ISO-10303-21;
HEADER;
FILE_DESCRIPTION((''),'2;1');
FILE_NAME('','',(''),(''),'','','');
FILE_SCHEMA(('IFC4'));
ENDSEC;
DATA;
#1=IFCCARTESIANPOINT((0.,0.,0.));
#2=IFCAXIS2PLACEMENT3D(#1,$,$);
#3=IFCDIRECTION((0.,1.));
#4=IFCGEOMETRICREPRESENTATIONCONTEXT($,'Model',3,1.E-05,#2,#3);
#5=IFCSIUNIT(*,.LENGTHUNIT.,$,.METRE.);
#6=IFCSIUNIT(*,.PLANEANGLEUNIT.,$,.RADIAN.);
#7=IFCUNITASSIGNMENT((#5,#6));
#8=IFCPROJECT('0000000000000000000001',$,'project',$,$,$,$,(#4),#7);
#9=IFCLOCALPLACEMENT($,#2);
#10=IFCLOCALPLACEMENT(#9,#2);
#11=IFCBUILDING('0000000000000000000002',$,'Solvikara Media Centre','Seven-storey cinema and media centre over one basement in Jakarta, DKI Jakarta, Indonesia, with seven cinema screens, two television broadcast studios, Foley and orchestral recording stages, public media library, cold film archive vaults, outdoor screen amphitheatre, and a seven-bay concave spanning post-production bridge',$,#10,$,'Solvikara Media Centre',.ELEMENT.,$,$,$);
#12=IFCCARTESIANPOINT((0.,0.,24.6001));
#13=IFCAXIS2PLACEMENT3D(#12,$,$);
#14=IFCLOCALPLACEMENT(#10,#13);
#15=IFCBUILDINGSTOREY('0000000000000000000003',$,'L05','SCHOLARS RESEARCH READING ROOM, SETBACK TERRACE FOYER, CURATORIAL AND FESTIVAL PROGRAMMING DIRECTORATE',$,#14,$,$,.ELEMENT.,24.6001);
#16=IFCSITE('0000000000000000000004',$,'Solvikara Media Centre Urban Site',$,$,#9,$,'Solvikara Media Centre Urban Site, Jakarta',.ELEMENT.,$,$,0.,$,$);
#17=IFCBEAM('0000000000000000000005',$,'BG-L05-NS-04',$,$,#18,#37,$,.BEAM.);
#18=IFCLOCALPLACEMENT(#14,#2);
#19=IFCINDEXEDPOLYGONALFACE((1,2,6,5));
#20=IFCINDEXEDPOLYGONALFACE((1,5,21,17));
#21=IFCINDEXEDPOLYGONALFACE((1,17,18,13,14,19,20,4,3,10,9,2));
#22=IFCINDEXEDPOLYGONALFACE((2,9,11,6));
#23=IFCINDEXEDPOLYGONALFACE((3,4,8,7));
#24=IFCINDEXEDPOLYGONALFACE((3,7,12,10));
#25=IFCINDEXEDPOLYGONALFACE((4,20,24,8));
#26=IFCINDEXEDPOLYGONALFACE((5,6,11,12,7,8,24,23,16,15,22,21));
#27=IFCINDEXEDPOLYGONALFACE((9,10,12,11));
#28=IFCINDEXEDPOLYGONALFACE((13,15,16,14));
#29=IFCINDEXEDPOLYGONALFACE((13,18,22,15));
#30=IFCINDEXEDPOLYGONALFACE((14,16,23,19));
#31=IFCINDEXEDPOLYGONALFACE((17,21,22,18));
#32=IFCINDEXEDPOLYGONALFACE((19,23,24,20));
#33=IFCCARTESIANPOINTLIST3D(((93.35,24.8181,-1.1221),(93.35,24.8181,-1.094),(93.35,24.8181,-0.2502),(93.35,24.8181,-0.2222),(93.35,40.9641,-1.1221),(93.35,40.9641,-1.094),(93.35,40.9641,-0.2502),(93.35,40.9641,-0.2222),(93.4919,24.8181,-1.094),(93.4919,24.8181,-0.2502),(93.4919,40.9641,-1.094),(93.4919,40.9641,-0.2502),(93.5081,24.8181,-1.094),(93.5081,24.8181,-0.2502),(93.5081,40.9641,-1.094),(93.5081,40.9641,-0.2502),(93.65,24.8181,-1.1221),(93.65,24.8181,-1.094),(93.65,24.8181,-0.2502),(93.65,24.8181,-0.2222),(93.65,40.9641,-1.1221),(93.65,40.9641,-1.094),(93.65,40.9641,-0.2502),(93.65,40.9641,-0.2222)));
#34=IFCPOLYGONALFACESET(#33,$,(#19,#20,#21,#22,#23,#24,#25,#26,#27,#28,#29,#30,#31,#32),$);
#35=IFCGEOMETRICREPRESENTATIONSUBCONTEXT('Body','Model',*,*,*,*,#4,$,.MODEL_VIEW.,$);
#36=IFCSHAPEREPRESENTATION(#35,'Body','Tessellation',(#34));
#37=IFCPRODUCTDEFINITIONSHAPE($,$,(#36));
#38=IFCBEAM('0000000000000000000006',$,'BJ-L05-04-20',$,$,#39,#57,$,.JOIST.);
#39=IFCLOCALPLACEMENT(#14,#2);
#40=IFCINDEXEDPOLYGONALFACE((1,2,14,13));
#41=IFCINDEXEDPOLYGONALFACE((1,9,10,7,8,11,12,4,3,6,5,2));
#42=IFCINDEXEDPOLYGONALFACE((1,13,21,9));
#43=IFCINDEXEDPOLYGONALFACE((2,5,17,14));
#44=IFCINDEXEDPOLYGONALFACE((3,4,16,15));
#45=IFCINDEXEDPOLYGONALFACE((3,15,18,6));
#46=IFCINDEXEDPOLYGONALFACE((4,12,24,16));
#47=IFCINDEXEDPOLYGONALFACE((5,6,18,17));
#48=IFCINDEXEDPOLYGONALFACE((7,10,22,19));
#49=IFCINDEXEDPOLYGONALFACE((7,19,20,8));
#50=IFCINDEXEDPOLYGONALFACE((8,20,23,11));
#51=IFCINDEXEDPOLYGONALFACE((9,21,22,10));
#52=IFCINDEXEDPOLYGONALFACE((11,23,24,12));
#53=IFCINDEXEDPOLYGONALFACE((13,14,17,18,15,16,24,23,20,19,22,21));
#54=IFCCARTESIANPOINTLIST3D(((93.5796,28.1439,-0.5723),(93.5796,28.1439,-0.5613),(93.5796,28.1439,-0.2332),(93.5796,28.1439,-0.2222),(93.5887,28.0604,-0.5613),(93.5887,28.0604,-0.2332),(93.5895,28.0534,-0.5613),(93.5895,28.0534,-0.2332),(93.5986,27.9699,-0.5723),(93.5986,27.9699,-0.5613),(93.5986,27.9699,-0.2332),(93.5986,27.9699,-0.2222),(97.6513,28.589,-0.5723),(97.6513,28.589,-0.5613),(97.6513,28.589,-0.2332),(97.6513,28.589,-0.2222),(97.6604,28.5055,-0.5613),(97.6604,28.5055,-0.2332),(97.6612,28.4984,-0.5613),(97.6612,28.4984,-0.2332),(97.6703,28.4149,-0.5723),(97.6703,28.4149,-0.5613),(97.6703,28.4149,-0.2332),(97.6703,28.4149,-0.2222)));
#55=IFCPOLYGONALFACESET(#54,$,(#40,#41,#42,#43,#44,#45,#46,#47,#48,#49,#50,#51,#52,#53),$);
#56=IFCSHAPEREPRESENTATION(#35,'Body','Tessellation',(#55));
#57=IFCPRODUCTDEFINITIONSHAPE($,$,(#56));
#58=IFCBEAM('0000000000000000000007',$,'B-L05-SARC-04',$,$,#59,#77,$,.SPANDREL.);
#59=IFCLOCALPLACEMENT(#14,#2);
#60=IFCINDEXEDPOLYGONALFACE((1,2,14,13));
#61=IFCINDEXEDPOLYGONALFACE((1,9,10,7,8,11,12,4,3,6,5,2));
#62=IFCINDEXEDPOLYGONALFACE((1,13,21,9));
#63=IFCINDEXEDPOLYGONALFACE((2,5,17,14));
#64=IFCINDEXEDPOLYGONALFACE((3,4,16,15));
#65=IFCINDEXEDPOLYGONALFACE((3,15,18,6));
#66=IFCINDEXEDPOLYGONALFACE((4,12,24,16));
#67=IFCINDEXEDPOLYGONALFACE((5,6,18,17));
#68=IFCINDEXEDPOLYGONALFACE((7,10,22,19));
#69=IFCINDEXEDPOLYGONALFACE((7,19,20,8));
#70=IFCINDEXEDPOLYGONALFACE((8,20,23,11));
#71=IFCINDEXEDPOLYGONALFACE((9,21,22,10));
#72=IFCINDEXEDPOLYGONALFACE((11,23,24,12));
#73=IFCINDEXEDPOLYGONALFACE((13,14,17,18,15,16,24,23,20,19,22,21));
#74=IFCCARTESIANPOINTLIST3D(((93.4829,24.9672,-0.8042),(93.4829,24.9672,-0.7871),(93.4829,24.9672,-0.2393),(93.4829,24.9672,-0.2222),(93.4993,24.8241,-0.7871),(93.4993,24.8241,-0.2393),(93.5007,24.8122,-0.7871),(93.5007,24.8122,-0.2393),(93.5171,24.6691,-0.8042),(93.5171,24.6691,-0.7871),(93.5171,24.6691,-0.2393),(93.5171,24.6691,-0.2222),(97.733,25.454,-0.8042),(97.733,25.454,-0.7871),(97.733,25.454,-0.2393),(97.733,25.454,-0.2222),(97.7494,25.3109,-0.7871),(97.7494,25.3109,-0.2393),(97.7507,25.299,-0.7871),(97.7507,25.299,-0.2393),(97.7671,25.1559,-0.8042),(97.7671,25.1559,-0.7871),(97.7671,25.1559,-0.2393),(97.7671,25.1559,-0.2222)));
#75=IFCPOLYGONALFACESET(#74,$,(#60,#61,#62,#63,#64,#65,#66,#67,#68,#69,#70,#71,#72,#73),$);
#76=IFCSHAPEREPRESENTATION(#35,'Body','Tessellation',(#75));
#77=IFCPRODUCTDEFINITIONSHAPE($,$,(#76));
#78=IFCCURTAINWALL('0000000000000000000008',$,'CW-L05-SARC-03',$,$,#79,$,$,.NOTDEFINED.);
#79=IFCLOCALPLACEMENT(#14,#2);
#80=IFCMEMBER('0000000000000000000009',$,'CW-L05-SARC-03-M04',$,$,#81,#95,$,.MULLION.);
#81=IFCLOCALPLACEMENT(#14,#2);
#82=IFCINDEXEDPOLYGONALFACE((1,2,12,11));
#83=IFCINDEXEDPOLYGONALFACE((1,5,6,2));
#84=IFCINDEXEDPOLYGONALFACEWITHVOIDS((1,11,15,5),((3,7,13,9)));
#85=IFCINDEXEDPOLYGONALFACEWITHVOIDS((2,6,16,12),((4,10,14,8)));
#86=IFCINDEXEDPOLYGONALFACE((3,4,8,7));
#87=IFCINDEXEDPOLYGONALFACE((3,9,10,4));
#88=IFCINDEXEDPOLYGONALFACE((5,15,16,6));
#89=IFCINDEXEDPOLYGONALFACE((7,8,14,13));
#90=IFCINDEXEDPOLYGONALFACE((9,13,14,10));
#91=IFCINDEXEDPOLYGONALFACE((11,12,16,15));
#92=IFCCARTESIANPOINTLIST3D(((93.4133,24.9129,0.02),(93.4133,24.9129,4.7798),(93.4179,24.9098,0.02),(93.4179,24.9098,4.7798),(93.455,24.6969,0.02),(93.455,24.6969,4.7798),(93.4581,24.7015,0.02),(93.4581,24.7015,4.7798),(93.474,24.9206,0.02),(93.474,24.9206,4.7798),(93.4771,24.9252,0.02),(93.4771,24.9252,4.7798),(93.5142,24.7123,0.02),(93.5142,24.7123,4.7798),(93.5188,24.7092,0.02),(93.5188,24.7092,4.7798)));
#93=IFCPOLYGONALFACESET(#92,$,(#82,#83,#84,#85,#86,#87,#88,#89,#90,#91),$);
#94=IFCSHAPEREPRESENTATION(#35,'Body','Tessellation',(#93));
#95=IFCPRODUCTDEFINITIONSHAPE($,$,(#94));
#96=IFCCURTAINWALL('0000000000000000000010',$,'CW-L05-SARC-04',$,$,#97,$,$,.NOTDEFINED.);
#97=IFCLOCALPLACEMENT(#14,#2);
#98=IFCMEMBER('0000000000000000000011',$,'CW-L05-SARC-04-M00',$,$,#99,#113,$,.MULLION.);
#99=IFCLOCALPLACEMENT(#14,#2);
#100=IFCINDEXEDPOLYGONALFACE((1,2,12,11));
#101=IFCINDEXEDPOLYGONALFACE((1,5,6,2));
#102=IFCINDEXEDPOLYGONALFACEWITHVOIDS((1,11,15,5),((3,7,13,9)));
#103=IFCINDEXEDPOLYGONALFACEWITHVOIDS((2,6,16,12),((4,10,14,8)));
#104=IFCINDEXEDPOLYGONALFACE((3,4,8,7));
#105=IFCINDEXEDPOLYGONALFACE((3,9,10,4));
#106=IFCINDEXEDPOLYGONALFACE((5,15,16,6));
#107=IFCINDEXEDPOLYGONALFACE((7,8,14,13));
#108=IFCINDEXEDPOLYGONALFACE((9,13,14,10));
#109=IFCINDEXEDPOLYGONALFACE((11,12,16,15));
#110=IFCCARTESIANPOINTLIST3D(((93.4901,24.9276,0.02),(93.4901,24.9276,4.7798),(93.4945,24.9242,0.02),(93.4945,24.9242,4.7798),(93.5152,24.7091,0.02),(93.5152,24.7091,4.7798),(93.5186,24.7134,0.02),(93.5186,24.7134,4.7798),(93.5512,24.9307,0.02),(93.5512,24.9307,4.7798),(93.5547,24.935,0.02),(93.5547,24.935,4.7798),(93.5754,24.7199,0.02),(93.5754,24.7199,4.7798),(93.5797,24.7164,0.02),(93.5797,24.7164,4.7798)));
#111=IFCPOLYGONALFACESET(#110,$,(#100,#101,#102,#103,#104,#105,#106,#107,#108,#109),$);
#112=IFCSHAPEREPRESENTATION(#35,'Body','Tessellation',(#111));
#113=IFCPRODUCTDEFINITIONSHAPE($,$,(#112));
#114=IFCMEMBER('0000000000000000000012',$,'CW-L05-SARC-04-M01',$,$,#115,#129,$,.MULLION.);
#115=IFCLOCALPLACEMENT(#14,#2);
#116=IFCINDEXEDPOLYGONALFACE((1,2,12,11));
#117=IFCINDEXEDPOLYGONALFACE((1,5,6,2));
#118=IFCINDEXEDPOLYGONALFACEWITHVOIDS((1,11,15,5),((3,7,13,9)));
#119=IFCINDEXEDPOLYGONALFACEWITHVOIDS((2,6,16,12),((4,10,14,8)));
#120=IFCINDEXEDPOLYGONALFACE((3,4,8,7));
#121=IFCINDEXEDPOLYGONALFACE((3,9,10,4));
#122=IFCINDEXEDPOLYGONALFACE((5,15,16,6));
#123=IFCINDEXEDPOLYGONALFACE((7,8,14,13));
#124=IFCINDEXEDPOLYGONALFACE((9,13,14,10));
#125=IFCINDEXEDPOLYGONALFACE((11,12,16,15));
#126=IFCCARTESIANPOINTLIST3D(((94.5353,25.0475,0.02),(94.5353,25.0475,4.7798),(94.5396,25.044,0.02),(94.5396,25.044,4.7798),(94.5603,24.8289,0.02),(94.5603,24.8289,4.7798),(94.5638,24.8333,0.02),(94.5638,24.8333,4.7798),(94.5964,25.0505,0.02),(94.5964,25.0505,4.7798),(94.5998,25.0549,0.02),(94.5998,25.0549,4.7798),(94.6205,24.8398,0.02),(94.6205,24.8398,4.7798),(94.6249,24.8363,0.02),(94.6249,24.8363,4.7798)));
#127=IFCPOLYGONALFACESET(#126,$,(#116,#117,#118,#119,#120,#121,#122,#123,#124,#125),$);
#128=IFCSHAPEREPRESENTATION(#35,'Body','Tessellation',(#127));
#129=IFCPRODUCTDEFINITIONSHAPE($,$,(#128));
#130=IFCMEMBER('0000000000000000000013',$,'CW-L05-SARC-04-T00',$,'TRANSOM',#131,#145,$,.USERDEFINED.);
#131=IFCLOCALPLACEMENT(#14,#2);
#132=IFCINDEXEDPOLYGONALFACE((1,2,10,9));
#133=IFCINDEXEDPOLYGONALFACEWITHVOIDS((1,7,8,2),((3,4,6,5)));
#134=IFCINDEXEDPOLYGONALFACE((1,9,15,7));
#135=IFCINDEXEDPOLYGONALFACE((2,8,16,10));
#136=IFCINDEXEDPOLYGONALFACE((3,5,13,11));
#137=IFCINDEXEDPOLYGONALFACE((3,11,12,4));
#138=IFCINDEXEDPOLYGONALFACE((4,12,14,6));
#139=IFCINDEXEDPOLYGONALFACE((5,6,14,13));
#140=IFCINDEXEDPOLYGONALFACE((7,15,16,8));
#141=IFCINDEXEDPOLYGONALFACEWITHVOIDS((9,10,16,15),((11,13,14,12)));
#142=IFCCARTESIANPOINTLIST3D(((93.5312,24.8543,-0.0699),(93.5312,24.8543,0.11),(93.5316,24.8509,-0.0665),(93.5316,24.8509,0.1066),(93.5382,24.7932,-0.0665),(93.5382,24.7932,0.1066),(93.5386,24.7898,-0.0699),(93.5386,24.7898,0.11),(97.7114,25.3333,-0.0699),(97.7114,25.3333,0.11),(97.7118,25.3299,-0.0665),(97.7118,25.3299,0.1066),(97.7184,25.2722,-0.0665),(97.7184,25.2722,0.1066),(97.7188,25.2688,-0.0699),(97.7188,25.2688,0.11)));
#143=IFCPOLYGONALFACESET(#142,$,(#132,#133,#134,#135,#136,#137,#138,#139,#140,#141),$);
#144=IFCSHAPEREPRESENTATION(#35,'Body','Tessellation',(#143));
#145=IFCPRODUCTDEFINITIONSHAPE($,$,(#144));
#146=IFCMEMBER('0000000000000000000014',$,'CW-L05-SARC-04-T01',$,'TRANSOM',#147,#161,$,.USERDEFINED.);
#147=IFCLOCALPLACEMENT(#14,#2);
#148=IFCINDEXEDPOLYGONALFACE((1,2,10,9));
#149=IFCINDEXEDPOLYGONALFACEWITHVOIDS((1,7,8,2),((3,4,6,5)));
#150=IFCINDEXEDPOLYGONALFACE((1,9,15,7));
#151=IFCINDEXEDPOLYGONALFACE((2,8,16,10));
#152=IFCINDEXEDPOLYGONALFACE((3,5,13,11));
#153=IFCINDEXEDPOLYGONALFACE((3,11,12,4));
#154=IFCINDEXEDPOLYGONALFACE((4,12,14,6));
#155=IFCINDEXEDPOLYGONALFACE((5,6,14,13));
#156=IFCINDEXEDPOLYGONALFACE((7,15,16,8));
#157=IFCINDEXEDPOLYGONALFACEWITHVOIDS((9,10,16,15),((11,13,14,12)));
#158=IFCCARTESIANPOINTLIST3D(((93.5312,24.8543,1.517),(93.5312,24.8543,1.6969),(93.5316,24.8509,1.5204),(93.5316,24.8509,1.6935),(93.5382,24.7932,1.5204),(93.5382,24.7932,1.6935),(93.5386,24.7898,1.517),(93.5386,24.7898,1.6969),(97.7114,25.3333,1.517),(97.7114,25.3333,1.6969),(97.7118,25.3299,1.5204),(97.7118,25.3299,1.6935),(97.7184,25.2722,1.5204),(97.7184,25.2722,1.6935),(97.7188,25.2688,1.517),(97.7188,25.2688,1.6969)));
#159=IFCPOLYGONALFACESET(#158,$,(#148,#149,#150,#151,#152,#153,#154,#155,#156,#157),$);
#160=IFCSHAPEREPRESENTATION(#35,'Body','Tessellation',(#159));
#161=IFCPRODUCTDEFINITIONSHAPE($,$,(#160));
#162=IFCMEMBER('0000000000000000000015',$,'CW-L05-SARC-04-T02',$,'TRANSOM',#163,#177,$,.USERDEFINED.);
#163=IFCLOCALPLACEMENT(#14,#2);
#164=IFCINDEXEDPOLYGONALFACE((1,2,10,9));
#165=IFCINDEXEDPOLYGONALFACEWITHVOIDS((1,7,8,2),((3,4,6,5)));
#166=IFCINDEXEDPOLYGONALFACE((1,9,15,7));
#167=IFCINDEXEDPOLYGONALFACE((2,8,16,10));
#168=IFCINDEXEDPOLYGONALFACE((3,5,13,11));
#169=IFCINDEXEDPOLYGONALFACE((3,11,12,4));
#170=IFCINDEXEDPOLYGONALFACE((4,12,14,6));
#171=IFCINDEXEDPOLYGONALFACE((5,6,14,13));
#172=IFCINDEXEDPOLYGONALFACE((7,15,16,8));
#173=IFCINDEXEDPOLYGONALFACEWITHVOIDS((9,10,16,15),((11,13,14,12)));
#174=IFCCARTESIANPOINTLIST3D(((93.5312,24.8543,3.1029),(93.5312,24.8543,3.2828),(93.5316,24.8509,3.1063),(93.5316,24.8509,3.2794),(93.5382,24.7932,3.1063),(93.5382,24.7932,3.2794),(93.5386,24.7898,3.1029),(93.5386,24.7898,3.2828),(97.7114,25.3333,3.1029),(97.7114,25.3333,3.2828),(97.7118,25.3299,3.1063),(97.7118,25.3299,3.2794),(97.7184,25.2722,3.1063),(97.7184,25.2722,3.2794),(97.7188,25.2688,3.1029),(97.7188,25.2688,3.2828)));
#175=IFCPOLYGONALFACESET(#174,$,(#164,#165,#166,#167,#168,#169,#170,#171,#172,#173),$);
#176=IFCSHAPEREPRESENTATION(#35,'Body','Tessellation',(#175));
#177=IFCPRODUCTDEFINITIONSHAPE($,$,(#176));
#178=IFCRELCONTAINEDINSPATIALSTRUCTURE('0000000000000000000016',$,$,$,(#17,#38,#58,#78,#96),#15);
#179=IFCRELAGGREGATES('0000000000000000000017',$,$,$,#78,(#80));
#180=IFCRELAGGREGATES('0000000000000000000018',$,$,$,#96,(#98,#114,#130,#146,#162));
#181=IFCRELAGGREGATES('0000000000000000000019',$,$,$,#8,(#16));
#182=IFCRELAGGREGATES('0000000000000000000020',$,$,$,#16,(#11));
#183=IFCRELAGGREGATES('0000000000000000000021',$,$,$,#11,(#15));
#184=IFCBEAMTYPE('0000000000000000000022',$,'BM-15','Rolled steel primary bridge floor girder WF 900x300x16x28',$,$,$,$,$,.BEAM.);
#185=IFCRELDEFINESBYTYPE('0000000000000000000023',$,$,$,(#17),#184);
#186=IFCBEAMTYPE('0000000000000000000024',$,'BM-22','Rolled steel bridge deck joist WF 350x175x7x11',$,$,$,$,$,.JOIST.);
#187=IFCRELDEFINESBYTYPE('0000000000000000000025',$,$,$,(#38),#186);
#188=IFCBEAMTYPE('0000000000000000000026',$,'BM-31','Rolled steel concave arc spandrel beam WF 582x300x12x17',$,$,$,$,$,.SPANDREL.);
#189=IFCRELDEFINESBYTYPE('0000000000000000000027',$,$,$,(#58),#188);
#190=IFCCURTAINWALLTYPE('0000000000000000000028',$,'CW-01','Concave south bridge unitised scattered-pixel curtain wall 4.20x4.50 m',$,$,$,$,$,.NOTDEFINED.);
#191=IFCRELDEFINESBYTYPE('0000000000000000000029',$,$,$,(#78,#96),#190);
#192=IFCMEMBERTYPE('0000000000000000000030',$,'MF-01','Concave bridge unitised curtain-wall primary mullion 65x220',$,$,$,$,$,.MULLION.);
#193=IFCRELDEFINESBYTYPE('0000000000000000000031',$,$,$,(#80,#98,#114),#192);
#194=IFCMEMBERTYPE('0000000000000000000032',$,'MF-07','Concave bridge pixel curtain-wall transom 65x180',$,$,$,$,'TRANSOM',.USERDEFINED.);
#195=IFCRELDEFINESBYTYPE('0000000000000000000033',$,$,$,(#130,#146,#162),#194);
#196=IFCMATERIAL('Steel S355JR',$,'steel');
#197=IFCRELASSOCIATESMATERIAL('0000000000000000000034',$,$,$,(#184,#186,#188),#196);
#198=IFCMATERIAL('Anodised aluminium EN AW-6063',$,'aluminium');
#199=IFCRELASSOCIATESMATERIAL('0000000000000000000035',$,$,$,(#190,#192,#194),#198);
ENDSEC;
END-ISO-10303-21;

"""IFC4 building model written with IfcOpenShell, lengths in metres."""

from ifc_helpers import new_model, si_unit, direction, frame, origin, origin_2d, place, context, subcontext, project, spatial, hollow_rectangle, i_section, extrude, material, material_profile, profile_set, type_object, element, aggregate, save


model = new_model("IFC4")

# Units and contexts
model_context = context("Model", 3, precision=1e-05, world=origin(), true_north=direction((0.0, 1.0)))
body_context = subcontext(model_context, "Body", "Model", "MODEL_VIEW")
ifc_project = project(units=[si_unit("LENGTHUNIT", "METRE"), si_unit("PLANEANGLEUNIT", "RADIAN")], contexts=[model_context])

# Site, building, storey
site_placement = place(None, origin())
site = spatial("IfcSite", under=ifc_project, at=site_placement, Name="Solvikara Media Centre Urban Site", LongName="Solvikara Media Centre Urban Site, Jakarta", CompositionType="ELEMENT", RefElevation=0.0)
building_placement = place(site_placement, origin())
building = spatial("IfcBuilding", under=site, at=building_placement, Name="Solvikara Media Centre", Description="Seven-storey cinema and media centre over one basement in Jakarta, DKI Jakarta, Indonesia, with seven cinema screens, two television broadcast studios, Foley and orchestral recording stages, public media library, cold film archive vaults, outdoor screen amphitheatre, and a seven-bay concave spanning post-production bridge", LongName="Solvikara Media Centre", CompositionType="ELEMENT")
storey_placement = place(building_placement, frame((0.0, 0.0, 24.6001)))
storey = spatial("IfcBuildingStorey", under=building, at=storey_placement, Name="L05", Description="SCHOLARS RESEARCH READING ROOM, SETBACK TERRACE FOYER, CURATORIAL AND FESTIVAL PROGRAMMING DIRECTORATE", CompositionType="ELEMENT", Elevation=24.6001)

# Beams
ifc_material_1 = material(Name="Steel S355JR", Category="steel")
ifc_material_profile_1 = material_profile(ifc_material_1, i_section(OverallWidth=0.3, OverallDepth=0.8999, WebThickness=0.0161, FlangeThickness=0.0281, at=origin_2d()), Name="WF 900x300x16x28")
ifc_profile_set_1 = profile_set([ifc_material_profile_1], Name="Steel S355JR")
beam_type_1 = type_object("IfcBeamType", Name="BM-15", Description="Rolled steel primary bridge floor girder WF 900x300x16x28", PredefinedType="BEAM", material=ifc_profile_set_1)
beam_1_placement = place(storey_placement, frame((93.5, 24.8181, -0.6721), z_axis=(0.0, 1.0, 0.0), x_axis=(-1.0, 0.0, 0.0)))
element("IfcBeam", 1, at=beam_1_placement, inside=storey, type_object=beam_type_1, Name="BG-L05-NS-04", PredefinedType="BEAM", context=body_context, shape_type="SweptSolid", body=[
    extrude(i_section(OverallWidth=0.3, OverallDepth=0.8999, WebThickness=0.0161, FlangeThickness=0.0281, at=origin_2d()), origin(), (0.0, 0.0, 1.0), 16.146),
])
ifc_material_profile_2 = material_profile(ifc_material_1, i_section(OverallWidth=0.175, OverallDepth=0.3501, WebThickness=0.0071, FlangeThickness=0.011, at=origin_2d()), Name="WF 350x175x7x11")
ifc_profile_set_2 = profile_set([ifc_material_profile_2], Name="Steel S355JR")
beam_type_2 = type_object("IfcBeamType", Name="BM-22", Description="Rolled steel bridge deck joist WF 350x175x7x11", PredefinedType="JOIST", material=ifc_profile_set_2)
beam_2_placement = place(storey_placement, frame((93.5891, 28.0569, -0.3972), z_axis=(0.994079, 0.108658, 0.0), x_axis=(-0.108658, 0.994079, 0.0)))
element("IfcBeam", 2, at=beam_2_placement, inside=storey, type_object=beam_type_2, Name="BJ-L05-04-20", PredefinedType="JOIST", context=body_context, shape_type="SweptSolid", body=[
    extrude(i_section(OverallWidth=0.175, OverallDepth=0.3501, WebThickness=0.0071, FlangeThickness=0.011, at=origin_2d()), origin(), (0.0, 0.0, 1.0), 4.0959),
])
ifc_material_profile_3 = material_profile(ifc_material_1, i_section(OverallWidth=0.3, OverallDepth=0.582, WebThickness=0.012, FlangeThickness=0.0171, at=origin_2d()), Name="WF 582x300x12x17")
ifc_profile_set_3 = profile_set([ifc_material_profile_3], Name="Steel S355JR")
beam_type_3 = type_object("IfcBeamType", Name="BM-31", Description="Rolled steel concave arc spandrel beam WF 582x300x12x17", PredefinedType="SPANDREL", material=ifc_profile_set_3)
beam_3_placement = place(storey_placement, frame((93.5, 24.8181, -0.5132), z_axis=(0.993504, 0.113801, 0.0), x_axis=(-0.113801, 0.993504, 0.0)))
element("IfcBeam", 3, at=beam_3_placement, inside=storey, type_object=beam_type_3, Name="B-L05-SARC-04", PredefinedType="SPANDREL", context=body_context, shape_type="SweptSolid", body=[
    extrude(i_section(OverallWidth=0.3, OverallDepth=0.582, WebThickness=0.012, FlangeThickness=0.0171, at=origin_2d()), origin(), (0.0, 0.0, 1.0), 4.2778),
])

# Curtain wall, member
ifc_material_2 = material(Name="Anodised aluminium EN AW-6063", Category="aluminium")
curtain_wall_type = type_object("IfcCurtainWallType", Name="CW-01", Description="Concave south bridge unitised scattered-pixel curtain wall 4.20x4.50 m", PredefinedType="NOTDEFINED", material=ifc_material_2)
curtain_wall_1_placement = place(storey_placement, origin())
curtain_wall_1 = element("IfcCurtainWall", 4, at=curtain_wall_1_placement, inside=storey, type_object=curtain_wall_type, Name="CW-L05-SARC-03", PredefinedType="NOTDEFINED")
ifc_material_profile_4 = material_profile(ifc_material_2, hollow_rectangle(XDim=0.0649, YDim=0.22, WallThickness=0.0039, at=origin_2d()), Name="ALU-M 65x220x4")
ifc_profile_set_4 = profile_set([ifc_material_profile_4], Name="Anodised aluminium EN AW-6063")
member_type_1 = type_object("IfcMemberType", Name="MF-01", Description="Concave bridge unitised curtain-wall primary mullion 65x220", PredefinedType="MULLION", material=ifc_profile_set_4)
member_1_placement = place(storey_placement, frame((93.4661, 24.811, 0.02), z_axis=(0.0, 0.0, 1.0), x_axis=(0.981843, 0.189695, 0.0)))
member_1 = element("IfcMember", 5, at=member_1_placement, type_object=member_type_1, Name="CW-L05-SARC-03-M04", PredefinedType="MULLION", context=body_context, shape_type="SweptSolid", body=[
    extrude(hollow_rectangle(XDim=0.0649, YDim=0.22, WallThickness=0.0039, at=origin_2d()), origin(), (0.0, 0.0, 1.0), 4.7598),
])

# Curtain wall, members
curtain_wall_2_placement = place(storey_placement, origin())
curtain_wall_2 = element("IfcCurtainWall", 6, at=curtain_wall_2_placement, inside=storey, type_object=curtain_wall_type, Name="CW-L05-SARC-04", PredefinedType="NOTDEFINED")
member_2_placement = place(storey_placement, frame((93.5349, 24.822, 0.02), z_axis=(0.0, 0.0, 1.0), x_axis=(0.993499, 0.113845, 0.0)))
member_2 = element("IfcMember", 7, at=member_2_placement, type_object=member_type_1, Name="CW-L05-SARC-04-M00", PredefinedType="MULLION", context=body_context, shape_type="SweptSolid", body=[
    extrude(hollow_rectangle(XDim=0.0649, YDim=0.22, WallThickness=0.0039, at=origin_2d()), origin(), (0.0, 0.0, 1.0), 4.7598),
])
member_3_placement = place(storey_placement, frame((94.5801, 24.9419, 0.02), z_axis=(0.0, 0.0, 1.0), x_axis=(0.993499, 0.113845, 0.0)))
member_3 = element("IfcMember", 8, at=member_3_placement, type_object=member_type_1, Name="CW-L05-SARC-04-M01", PredefinedType="MULLION", context=body_context, shape_type="SweptSolid", body=[
    extrude(hollow_rectangle(XDim=0.0649, YDim=0.22, WallThickness=0.0039, at=origin_2d()), origin(), (0.0, 0.0, 1.0), 4.7598),
])
ifc_material_profile_5 = material_profile(ifc_material_2, hollow_rectangle(XDim=0.0649, YDim=0.1799, WallThickness=0.0034, at=origin_2d()), Name="ALU-T 65x180x3.5")
ifc_profile_set_5 = profile_set([ifc_material_profile_5], Name="Anodised aluminium EN AW-6063")
member_type_2 = type_object("IfcMemberType", Name="MF-07", Description="Concave bridge pixel curtain-wall transom 65x180", ElementType="TRANSOM", PredefinedType="USERDEFINED", material=ifc_profile_set_5)
member_4_placement = place(storey_placement, frame((93.5349, 24.822, 0.02), z_axis=(0.993499, 0.113844, 0.0), x_axis=(-0.113844, 0.993499, 0.0)))
member_4 = element("IfcMember", 9, at=member_4_placement, type_object=member_type_2, Name="CW-L05-SARC-04-T00", ObjectType="TRANSOM", PredefinedType="USERDEFINED", context=body_context, shape_type="SweptSolid", body=[
    extrude(hollow_rectangle(XDim=0.0649, YDim=0.1799, WallThickness=0.0034, at=origin_2d()), origin(), (0.0, 0.0, 1.0), 4.2075),
])
member_5_placement = place(storey_placement, frame((93.5349, 24.822, 1.6069), z_axis=(0.993499, 0.113844, 0.0), x_axis=(-0.113844, 0.993499, 0.0)))
member_5 = element("IfcMember", 10, at=member_5_placement, type_object=member_type_2, Name="CW-L05-SARC-04-T01", ObjectType="TRANSOM", PredefinedType="USERDEFINED", context=body_context, shape_type="SweptSolid", body=[
    extrude(hollow_rectangle(XDim=0.0649, YDim=0.1799, WallThickness=0.0034, at=origin_2d()), origin(), (0.0, 0.0, 1.0), 4.2075),
])
member_6_placement = place(storey_placement, frame((93.5349, 24.822, 3.1929), z_axis=(0.993499, 0.113844, 0.0), x_axis=(-0.113844, 0.993499, 0.0)))
member_6 = element("IfcMember", 11, at=member_6_placement, type_object=member_type_2, Name="CW-L05-SARC-04-T02", ObjectType="TRANSOM", PredefinedType="USERDEFINED", context=body_context, shape_type="SweptSolid", body=[
    extrude(hollow_rectangle(XDim=0.0649, YDim=0.1799, WallThickness=0.0034, at=origin_2d()), origin(), (0.0, 0.0, 1.0), 4.2075),
])

aggregate(curtain_wall_1, [member_1])
aggregate(curtain_wall_2, [member_2, member_3, member_4, member_5, member_6])

save(model, "model.ifc")
